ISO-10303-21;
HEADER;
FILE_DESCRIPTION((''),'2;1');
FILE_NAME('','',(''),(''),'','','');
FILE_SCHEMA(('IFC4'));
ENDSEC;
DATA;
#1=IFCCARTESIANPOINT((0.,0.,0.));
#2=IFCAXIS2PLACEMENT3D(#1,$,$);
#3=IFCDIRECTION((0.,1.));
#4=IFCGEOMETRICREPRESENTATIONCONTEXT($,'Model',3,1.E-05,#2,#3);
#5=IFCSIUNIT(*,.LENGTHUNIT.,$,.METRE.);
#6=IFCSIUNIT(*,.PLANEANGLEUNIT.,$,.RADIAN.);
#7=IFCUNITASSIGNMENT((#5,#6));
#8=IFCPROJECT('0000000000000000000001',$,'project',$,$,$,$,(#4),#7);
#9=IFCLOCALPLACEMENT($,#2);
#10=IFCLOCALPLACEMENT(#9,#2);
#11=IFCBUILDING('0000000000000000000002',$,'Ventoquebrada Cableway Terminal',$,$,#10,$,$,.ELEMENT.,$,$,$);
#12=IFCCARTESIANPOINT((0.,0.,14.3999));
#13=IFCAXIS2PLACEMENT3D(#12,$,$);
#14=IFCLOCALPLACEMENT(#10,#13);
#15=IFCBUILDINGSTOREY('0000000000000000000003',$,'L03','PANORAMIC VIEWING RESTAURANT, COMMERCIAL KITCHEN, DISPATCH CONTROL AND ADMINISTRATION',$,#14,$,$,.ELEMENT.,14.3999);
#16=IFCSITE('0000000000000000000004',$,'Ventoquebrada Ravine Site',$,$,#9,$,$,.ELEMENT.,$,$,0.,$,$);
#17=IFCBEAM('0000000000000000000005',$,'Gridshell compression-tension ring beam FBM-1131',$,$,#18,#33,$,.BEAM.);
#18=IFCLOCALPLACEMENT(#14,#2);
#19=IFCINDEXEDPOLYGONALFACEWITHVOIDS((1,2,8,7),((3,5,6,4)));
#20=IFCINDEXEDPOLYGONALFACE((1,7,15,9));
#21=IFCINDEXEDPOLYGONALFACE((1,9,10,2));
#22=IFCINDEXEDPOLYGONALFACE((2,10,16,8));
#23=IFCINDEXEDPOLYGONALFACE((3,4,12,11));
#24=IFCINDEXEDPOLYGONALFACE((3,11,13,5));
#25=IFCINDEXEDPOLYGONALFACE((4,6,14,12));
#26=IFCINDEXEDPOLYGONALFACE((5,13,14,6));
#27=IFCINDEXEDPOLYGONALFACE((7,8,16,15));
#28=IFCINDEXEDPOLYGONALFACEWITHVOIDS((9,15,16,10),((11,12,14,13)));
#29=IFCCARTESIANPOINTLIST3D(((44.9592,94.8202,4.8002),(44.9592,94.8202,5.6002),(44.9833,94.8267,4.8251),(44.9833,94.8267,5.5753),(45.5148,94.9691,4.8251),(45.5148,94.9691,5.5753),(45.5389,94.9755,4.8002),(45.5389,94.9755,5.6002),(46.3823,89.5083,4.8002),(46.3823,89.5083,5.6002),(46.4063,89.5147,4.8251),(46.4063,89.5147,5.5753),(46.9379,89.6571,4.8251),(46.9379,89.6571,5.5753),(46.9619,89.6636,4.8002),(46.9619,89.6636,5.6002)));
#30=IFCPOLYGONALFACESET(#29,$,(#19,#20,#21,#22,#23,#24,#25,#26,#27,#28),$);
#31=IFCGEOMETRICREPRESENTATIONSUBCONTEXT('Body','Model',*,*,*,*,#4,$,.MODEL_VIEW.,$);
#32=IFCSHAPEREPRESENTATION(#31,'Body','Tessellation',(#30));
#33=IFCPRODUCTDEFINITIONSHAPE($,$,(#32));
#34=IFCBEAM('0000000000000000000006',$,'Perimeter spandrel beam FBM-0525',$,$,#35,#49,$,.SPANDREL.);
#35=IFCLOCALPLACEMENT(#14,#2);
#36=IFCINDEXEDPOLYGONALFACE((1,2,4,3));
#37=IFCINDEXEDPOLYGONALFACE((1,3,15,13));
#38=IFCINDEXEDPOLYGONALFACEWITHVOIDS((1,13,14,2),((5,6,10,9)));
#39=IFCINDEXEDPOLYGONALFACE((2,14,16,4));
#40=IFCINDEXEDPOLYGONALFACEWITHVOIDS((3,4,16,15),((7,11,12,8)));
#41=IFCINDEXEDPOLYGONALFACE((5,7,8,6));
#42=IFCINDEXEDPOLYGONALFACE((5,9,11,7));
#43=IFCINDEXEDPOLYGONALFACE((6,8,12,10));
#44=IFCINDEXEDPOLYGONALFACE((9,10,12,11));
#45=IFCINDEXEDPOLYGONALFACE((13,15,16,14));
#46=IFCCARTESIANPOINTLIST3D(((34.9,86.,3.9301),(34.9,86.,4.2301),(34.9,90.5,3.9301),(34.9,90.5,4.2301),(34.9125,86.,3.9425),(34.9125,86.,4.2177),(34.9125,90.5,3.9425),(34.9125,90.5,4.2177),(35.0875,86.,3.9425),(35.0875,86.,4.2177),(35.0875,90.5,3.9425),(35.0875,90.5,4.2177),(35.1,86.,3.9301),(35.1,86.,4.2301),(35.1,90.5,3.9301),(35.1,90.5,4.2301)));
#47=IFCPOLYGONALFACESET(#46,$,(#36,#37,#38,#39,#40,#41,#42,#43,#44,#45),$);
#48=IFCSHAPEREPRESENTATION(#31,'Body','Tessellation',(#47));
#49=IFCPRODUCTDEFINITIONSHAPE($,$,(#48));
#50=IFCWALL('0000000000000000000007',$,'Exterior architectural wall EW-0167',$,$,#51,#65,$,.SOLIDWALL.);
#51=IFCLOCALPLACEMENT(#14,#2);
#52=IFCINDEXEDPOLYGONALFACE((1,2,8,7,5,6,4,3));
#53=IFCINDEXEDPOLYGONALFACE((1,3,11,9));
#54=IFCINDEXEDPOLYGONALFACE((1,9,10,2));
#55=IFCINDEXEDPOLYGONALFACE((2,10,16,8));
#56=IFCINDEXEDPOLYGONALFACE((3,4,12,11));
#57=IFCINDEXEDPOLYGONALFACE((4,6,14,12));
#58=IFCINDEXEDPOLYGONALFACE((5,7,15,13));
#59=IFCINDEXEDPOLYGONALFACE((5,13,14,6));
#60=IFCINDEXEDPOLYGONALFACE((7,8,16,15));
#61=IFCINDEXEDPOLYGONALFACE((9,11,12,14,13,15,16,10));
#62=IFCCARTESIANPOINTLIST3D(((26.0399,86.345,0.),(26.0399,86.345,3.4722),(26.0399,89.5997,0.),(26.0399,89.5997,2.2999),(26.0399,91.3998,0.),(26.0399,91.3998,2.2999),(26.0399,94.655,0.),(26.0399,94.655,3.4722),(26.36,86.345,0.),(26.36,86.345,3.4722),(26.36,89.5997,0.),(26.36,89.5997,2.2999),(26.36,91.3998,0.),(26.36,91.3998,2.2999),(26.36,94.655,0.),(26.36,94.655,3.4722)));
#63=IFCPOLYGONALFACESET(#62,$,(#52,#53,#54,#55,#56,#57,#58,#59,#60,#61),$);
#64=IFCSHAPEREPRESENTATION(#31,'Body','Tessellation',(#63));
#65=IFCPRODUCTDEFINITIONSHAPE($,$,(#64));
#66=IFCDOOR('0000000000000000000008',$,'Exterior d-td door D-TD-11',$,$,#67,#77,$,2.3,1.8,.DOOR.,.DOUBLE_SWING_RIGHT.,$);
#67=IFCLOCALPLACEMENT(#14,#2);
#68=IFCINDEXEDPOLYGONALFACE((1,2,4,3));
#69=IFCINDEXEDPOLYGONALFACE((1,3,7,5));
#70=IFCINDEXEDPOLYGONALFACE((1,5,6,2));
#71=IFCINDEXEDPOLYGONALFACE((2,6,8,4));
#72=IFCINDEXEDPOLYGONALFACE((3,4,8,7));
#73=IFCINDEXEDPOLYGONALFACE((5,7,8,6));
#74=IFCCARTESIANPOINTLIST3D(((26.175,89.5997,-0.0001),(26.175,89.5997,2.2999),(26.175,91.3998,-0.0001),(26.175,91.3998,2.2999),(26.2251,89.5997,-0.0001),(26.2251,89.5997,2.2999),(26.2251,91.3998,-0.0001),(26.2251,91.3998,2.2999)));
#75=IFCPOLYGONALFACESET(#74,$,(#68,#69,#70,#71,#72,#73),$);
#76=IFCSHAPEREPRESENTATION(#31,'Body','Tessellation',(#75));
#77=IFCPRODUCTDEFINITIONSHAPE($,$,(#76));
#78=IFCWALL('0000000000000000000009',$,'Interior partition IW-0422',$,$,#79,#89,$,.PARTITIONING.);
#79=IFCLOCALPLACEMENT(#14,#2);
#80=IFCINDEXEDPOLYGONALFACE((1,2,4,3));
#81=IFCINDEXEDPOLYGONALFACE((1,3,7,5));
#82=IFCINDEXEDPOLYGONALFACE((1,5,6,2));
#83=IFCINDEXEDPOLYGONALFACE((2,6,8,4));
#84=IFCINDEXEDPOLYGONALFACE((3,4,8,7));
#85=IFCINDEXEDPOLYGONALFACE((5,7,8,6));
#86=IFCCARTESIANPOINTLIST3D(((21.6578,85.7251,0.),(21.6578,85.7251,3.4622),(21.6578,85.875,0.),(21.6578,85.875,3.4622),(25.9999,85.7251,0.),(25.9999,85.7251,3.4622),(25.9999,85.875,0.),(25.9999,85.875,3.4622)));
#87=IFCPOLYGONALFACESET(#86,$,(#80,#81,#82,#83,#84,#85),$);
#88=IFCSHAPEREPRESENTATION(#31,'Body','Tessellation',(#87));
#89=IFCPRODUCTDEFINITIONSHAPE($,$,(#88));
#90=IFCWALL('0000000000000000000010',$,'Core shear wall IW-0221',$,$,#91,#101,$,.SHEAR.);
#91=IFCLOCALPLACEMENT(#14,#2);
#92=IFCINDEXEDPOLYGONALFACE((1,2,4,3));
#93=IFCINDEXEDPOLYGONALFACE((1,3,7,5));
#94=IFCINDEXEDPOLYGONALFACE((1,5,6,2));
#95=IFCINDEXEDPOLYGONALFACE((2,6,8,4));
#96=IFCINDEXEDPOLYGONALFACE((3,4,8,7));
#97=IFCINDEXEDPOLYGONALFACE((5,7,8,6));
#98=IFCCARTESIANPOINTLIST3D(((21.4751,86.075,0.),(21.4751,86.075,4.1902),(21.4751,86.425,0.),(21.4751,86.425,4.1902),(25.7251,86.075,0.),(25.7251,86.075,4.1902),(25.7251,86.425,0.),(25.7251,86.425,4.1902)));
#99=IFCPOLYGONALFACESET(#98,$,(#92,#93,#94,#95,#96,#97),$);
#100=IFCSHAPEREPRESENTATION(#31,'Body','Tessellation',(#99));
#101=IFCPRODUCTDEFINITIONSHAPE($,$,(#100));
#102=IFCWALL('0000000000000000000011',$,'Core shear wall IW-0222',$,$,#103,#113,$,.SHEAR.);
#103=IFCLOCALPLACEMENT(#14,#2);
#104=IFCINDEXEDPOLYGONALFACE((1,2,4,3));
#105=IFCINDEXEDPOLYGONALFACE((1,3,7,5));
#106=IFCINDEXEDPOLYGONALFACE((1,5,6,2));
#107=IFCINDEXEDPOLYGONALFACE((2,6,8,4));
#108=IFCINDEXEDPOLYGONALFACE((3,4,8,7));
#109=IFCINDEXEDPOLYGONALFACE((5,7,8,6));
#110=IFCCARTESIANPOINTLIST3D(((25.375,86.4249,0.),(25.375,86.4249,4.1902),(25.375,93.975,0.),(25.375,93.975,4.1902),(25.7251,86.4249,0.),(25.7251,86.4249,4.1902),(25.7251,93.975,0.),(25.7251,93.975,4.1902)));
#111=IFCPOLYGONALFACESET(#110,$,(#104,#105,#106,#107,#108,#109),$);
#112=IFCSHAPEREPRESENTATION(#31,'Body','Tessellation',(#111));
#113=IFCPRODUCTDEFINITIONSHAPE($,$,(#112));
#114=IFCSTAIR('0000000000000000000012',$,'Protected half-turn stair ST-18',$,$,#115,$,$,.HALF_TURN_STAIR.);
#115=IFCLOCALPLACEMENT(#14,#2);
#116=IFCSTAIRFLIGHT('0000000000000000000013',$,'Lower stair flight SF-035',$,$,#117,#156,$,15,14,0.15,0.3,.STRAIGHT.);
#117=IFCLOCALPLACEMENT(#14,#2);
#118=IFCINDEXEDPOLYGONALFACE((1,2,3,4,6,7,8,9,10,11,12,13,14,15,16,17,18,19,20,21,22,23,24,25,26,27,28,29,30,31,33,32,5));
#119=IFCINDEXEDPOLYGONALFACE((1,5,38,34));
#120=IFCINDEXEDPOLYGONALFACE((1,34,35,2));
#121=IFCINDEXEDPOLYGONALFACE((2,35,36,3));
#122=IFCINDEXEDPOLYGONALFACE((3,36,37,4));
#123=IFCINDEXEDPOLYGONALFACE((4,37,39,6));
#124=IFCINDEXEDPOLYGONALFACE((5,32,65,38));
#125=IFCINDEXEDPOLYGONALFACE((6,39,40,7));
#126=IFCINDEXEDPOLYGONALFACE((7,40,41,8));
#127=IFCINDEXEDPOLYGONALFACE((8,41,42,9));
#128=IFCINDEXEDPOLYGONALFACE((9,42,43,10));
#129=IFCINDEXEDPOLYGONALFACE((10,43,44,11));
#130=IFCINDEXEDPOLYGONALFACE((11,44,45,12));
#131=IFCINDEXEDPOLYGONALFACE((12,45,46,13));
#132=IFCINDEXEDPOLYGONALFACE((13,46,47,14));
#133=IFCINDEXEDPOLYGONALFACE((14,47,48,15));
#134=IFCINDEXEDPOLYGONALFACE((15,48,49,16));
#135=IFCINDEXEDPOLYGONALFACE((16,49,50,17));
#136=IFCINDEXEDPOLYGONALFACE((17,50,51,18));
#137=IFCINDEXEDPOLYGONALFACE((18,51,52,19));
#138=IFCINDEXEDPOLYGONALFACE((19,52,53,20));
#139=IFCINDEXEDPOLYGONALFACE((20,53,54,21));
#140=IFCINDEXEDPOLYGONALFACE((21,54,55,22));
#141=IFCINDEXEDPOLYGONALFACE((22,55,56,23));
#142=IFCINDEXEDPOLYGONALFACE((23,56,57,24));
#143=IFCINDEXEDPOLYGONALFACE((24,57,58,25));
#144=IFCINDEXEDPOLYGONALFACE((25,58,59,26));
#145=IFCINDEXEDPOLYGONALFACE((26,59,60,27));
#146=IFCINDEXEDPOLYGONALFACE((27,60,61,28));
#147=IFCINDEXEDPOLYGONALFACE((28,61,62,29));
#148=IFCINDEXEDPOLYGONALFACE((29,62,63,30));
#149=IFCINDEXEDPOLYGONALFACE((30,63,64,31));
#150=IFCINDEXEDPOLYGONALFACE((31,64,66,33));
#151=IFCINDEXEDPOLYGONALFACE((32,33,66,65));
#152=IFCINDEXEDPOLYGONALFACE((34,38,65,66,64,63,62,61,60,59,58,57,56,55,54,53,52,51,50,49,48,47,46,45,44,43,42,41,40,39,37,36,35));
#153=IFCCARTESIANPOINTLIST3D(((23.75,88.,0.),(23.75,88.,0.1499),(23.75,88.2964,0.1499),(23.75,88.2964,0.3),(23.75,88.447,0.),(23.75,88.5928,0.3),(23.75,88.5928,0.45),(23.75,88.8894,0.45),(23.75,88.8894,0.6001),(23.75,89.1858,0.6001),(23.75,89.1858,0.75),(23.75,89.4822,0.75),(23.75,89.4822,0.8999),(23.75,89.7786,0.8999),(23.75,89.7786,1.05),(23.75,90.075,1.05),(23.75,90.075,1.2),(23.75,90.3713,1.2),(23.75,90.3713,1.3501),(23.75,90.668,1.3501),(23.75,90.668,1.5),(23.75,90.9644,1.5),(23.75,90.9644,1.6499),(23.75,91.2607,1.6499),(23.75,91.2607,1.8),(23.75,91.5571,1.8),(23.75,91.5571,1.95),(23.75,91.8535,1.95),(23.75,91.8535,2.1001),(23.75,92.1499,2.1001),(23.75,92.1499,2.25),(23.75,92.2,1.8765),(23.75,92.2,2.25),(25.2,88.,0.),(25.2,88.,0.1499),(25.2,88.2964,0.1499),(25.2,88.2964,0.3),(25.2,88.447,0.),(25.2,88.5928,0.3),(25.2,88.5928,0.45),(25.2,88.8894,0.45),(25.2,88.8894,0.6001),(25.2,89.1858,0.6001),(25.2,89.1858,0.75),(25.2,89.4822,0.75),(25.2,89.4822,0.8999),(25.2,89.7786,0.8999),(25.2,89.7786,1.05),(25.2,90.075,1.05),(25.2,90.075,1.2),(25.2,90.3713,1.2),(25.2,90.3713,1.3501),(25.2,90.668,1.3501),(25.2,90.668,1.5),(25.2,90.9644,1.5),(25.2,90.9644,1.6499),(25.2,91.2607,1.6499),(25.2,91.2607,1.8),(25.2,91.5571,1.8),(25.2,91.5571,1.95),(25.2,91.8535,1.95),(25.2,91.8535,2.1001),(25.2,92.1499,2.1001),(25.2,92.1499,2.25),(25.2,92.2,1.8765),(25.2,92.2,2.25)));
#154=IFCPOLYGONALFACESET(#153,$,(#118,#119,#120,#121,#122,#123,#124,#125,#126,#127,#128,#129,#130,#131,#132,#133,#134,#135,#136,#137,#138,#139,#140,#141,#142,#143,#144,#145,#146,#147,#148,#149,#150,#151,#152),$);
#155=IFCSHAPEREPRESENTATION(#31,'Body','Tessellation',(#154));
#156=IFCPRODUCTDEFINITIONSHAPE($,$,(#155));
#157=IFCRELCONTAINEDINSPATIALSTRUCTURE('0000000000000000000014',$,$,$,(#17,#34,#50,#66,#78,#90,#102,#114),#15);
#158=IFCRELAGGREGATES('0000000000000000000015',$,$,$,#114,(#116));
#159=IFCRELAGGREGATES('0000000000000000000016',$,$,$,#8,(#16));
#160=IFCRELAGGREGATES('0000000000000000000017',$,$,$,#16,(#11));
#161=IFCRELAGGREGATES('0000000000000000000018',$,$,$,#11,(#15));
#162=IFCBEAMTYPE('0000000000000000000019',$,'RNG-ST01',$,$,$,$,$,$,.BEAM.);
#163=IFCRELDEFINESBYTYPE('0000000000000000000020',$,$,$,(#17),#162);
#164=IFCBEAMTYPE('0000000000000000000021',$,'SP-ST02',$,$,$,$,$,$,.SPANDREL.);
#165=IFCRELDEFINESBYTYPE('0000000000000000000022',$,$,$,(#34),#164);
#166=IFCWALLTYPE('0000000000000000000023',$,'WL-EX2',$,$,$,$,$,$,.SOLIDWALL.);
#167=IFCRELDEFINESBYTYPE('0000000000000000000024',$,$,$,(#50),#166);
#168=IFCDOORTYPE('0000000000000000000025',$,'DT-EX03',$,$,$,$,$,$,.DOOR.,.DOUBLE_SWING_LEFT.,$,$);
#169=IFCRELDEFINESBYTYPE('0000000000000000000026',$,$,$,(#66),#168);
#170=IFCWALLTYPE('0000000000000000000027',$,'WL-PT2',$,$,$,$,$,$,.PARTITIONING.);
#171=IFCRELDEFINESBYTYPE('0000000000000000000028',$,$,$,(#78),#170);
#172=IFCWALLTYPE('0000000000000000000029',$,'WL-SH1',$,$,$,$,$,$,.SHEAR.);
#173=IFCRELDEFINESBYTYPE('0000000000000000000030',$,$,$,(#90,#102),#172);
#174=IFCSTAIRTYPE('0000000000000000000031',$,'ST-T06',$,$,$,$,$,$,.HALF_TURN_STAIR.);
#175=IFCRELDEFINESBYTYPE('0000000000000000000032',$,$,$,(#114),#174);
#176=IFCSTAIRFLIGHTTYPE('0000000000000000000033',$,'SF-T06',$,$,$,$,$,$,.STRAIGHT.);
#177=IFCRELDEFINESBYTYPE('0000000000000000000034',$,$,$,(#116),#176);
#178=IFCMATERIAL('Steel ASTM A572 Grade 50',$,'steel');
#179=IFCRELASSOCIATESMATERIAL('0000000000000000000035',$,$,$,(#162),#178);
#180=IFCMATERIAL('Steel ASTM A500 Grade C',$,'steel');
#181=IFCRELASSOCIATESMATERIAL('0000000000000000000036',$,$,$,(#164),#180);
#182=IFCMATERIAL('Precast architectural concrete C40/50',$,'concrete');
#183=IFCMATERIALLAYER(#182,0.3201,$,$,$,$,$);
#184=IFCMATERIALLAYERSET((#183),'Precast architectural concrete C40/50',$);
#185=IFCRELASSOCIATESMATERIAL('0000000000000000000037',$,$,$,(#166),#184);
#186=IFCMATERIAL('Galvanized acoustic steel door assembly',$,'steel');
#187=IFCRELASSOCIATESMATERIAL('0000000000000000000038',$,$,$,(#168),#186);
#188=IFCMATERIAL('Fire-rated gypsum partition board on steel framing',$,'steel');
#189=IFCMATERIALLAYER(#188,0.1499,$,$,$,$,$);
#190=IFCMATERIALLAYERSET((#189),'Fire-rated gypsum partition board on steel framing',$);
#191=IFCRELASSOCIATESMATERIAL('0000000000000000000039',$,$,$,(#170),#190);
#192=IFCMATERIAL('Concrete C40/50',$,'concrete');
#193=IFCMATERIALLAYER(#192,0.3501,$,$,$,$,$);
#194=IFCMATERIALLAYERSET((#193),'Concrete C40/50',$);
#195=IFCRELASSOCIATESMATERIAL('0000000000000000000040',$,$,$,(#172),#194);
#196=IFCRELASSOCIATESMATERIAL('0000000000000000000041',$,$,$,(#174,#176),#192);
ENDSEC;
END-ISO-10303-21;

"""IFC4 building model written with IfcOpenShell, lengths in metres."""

from ifc_helpers import new_model, si_unit, direction, frame, frame_2d, origin, origin_2d, place, context, subcontext, project, spatial, polyline, rectangle, hollow_rectangle, outline, extrude, material, layer, layer_set, material_profile, profile_set, type_object, element, fill, aggregate, save


model = new_model("IFC4")

# Units and contexts
model_context = context("Model", 3, precision=1e-05, world=origin(), true_north=direction((0.0, 1.0)))
body_context = subcontext(model_context, "Body", "Model", "MODEL_VIEW")
ifc_project = project(units=[si_unit("LENGTHUNIT", "METRE"), si_unit("PLANEANGLEUNIT", "RADIAN")], contexts=[model_context])

# Site, building, storey
site_placement = place(None, origin())
site = spatial("IfcSite", under=ifc_project, at=site_placement, Name="Ventoquebrada Ravine Site", CompositionType="ELEMENT", RefElevation=0.0)
building_placement = place(site_placement, origin())
building = spatial("IfcBuilding", under=site, at=building_placement, Name="Ventoquebrada Cableway Terminal", CompositionType="ELEMENT")
storey_placement = place(building_placement, frame((0.0, 0.0, 14.3999)))
storey = spatial("IfcBuildingStorey", under=building, at=storey_placement, Name="L03", Description="PANORAMIC VIEWING RESTAURANT, COMMERCIAL KITCHEN, DISPATCH CONTROL AND ADMINISTRATION", CompositionType="ELEMENT", Elevation=14.3999)

# Shared definitions
ifc_material_1 = material(Name="Concrete C40/50", Category="concrete")
ifc_material_2 = material(Name="Steel ASTM A500 Grade C", Category="steel")

# Beams
ifc_material_3 = material(Name="Steel ASTM A572 Grade 50", Category="steel")
ifc_material_profile_1 = material_profile(ifc_material_3, hollow_rectangle(XDim=0.6001, YDim=0.8, WallThickness=0.0249, at=origin_2d()), Name="BOX600X800X25")
ifc_profile_set_1 = profile_set([ifc_material_profile_1], Name="Steel ASTM A572 Grade 50")
beam_type_1 = type_object("IfcBeamType", Name="RNG-ST01", PredefinedType="BEAM", material=ifc_profile_set_1)
beam_1_placement = place(storey_placement, frame((46.6721, 89.5859, 5.2002), z_axis=(-0.258776, 0.965937, 0.0), x_axis=(-0.965937, -0.258776, 0.0)))
element("IfcBeam", 1, at=beam_1_placement, inside=storey, type_object=beam_type_1, Name="Gridshell compression-tension ring beam FBM-1131", PredefinedType="BEAM", context=body_context, shape_type="SweptSolid", body=[
    extrude(hollow_rectangle(XDim=0.6001, YDim=0.8, WallThickness=0.0249, at=origin_2d()), origin(), (0.0, 0.0, 1.0), 5.4993),
])
ifc_material_profile_2 = material_profile(ifc_material_2, hollow_rectangle(XDim=0.2, YDim=0.3, WallThickness=0.0125, at=origin_2d()), Name="RHS300X200X12.5")
ifc_profile_set_2 = profile_set([ifc_material_profile_2], Name="Steel ASTM A500 Grade C")
beam_type_2 = type_object("IfcBeamType", Name="SP-ST02", PredefinedType="SPANDREL", material=ifc_profile_set_2)
beam_2_placement = place(storey_placement, frame((35.0, 86.0, 4.0801), z_axis=(0.0, 1.0, 0.0), x_axis=(-1.0, 0.0, 0.0)))
element("IfcBeam", 2, at=beam_2_placement, inside=storey, type_object=beam_type_2, Name="Perimeter spandrel beam FBM-0525", PredefinedType="SPANDREL", context=body_context, shape_type="SweptSolid", body=[
    extrude(hollow_rectangle(XDim=0.2, YDim=0.3, WallThickness=0.0125, at=origin_2d()), origin(), (0.0, 0.0, 1.0), 4.5),
])

# Wall, opening, door
ifc_material_4 = material(Name="Precast architectural concrete C40/50", Category="concrete")
ifc_layer_1 = layer(ifc_material_4, 0.3201)
ifc_layer_set_1 = layer_set([ifc_layer_1], Name="Precast architectural concrete C40/50")
wall_type_1 = type_object("IfcWallType", Name="WL-EX2", PredefinedType="SOLIDWALL", material=ifc_layer_set_1)
wall_1_placement = place(storey_placement, frame((26.2, 86.345, 0.0), z_axis=(0.0, 0.0, 1.0), x_axis=(0.0, 1.0, 0.0)))
wall_1 = element("IfcWall", 3, at=wall_1_placement, inside=storey, type_object=wall_type_1, Name="Exterior architectural wall EW-0167", PredefinedType="SOLIDWALL", context=body_context, shape_type="SweptSolid", body=[
    extrude(rectangle(XDim=8.3101, YDim=0.3201, at=frame_2d((4.155, 0.0))), origin(), (0.0, 0.0, 1.0), 3.4722),
])
opening_placement = place(wall_1_placement, frame((3.2549, 0.0, 0.0)))
opening = element("IfcOpeningElement", 4, at=opening_placement, cuts=wall_1, PredefinedType="OPENING", context=body_context, shape_type="SweptSolid", body=[
    extrude(rectangle(XDim=1.8, YDim=2.3, at=frame_2d((0.8999, 1.1499))), frame((0.0, 0.1699, 0.0), z_axis=(0.0, -1.0, 0.0), x_axis=(1.0, 0.0, 0.0)), (0.0, 0.0, 1.0), 0.3401),
])
ifc_material_5 = material(Name="Galvanized acoustic steel door assembly", Category="steel")
door_type = type_object("IfcDoorType", Name="DT-EX03", OperationType="DOUBLE_SWING_LEFT", PredefinedType="DOOR", material=ifc_material_5)
door_placement = place(opening_placement, origin())
door = element("IfcDoor", 5, at=door_placement, inside=storey, type_object=door_type, Name="Exterior d-td door D-TD-11", OperationType="DOUBLE_SWING_RIGHT", OverallHeight=2.3, OverallWidth=1.8, PredefinedType="DOOR", context=body_context, shape_type="SweptSolid", body=[
    extrude(rectangle(XDim=1.8, YDim=2.3, at=frame_2d((0.8999, 1.1499))), frame((0.0, 0.0249, 0.0), z_axis=(0.0, -1.0, 0.0), x_axis=(1.0, 0.0, 0.0)), (0.0, 0.0, 1.0), 0.05),
])
fill(opening, door)

# Walls
ifc_material_6 = material(Name="Fire-rated gypsum partition board on steel framing", Category="steel")
ifc_layer_2 = layer(ifc_material_6, 0.1499)
ifc_layer_set_2 = layer_set([ifc_layer_2], Name="Fire-rated gypsum partition board on steel framing")
wall_type_2 = type_object("IfcWallType", Name="WL-PT2", PredefinedType="PARTITIONING", material=ifc_layer_set_2)
wall_2_placement = place(storey_placement, frame((21.658, 85.8, 0.0), z_axis=(0.0, 0.0, 1.0), x_axis=(1.0, 0.0, 0.0)))
element("IfcWall", 6, at=wall_2_placement, inside=storey, type_object=wall_type_2, Name="Interior partition IW-0422", PredefinedType="PARTITIONING", context=body_context, shape_type="SweptSolid", body=[
    extrude(rectangle(XDim=4.342, YDim=0.1499, at=frame_2d((2.1709, 0.0))), origin(), (0.0, 0.0, 1.0), 3.4622),
])
ifc_layer_3 = layer(ifc_material_1, 0.3501)
ifc_layer_set_3 = layer_set([ifc_layer_3], Name="Concrete C40/50")
wall_type_3 = type_object("IfcWallType", Name="WL-SH1", PredefinedType="SHEAR", material=ifc_layer_set_3)
wall_3_placement = place(storey_placement, frame((21.4751, 86.25, 0.0), z_axis=(0.0, 0.0, 1.0), x_axis=(1.0, 0.0, 0.0)))
element("IfcWall", 7, at=wall_3_placement, inside=storey, type_object=wall_type_3, Name="Core shear wall IW-0221", PredefinedType="SHEAR", context=body_context, shape_type="SweptSolid", body=[
    extrude(rectangle(XDim=4.25, YDim=0.3501, at=frame_2d((2.125, 0.0))), origin(), (0.0, 0.0, 1.0), 4.1902),
])
wall_4_placement = place(storey_placement, frame((25.55, 86.425, 0.0), z_axis=(0.0, 0.0, 1.0), x_axis=(0.0, 1.0, 0.0)))
element("IfcWall", 8, at=wall_4_placement, inside=storey, type_object=wall_type_3, Name="Core shear wall IW-0222", PredefinedType="SHEAR", context=body_context, shape_type="SweptSolid", body=[
    extrude(rectangle(XDim=7.55, YDim=0.3501, at=frame_2d((3.7749, 0.0))), origin(), (0.0, 0.0, 1.0), 4.1902),
])

# Stair, stair flight
stair_type = type_object("IfcStairType", Name="ST-T06", PredefinedType="HALF_TURN_STAIR", material=ifc_material_1)
stair_placement = place(storey_placement, origin())
stair = element("IfcStair", 9, at=stair_placement, inside=storey, type_object=stair_type, Name="Protected half-turn stair ST-18", PredefinedType="HALF_TURN_STAIR")
stair_flight_type = type_object("IfcStairFlightType", Name="SF-T06", PredefinedType="STRAIGHT", material=ifc_material_1)
stair_flight_placement = place(storey_placement, frame((24.4751, 88.0, 0.0), z_axis=(0.0, 0.0, 1.0), x_axis=(0.0, 1.0, 0.0)))
stair_flight = element("IfcStairFlight", 10, at=stair_flight_placement, type_object=stair_flight_type, Name="Lower stair flight SF-035", NumberOfRisers=15, NumberOfTreads=14, PredefinedType="STRAIGHT", RiserHeight=0.15, TreadLength=0.3, context=body_context, shape_type="SweptSolid", body=[
    extrude(outline(polyline([(0.0, 0.0), (0.0, 0.1499), (0.2964, 0.1499), (0.2964, 0.3), (0.5928, 0.3), (0.5928, 0.45), (0.8894, 0.45), (0.8894, 0.6001), (1.1858, 0.6001), (1.1858, 0.75), (1.4822, 0.75), (1.4822, 0.8999), (1.7786, 0.8999), (1.7786, 1.05), (2.075, 1.05), (2.075, 1.2), (2.3713, 1.2), (2.3713, 1.3501), (2.668, 1.3501), (2.668, 1.5), (2.9644, 1.5), (2.9644, 1.6499), (3.2607, 1.6499), (3.2607, 1.8), (3.5571, 1.8), (3.5571, 1.95), (3.8535, 1.95), (3.8535, 2.1001), (4.1499, 2.1001), (4.1499, 2.25), (4.2, 2.25), (4.2, 1.8765), (0.447, 0.0), (0.0, 0.0)])), frame((0.0, 0.7251, 0.0), z_axis=(0.0, -1.0, 0.0), x_axis=(1.0, 0.0, 0.0)), (0.0, 0.0, 1.0), 1.45),
])
aggregate(stair, [stair_flight])

save(model, "model.ifc")
